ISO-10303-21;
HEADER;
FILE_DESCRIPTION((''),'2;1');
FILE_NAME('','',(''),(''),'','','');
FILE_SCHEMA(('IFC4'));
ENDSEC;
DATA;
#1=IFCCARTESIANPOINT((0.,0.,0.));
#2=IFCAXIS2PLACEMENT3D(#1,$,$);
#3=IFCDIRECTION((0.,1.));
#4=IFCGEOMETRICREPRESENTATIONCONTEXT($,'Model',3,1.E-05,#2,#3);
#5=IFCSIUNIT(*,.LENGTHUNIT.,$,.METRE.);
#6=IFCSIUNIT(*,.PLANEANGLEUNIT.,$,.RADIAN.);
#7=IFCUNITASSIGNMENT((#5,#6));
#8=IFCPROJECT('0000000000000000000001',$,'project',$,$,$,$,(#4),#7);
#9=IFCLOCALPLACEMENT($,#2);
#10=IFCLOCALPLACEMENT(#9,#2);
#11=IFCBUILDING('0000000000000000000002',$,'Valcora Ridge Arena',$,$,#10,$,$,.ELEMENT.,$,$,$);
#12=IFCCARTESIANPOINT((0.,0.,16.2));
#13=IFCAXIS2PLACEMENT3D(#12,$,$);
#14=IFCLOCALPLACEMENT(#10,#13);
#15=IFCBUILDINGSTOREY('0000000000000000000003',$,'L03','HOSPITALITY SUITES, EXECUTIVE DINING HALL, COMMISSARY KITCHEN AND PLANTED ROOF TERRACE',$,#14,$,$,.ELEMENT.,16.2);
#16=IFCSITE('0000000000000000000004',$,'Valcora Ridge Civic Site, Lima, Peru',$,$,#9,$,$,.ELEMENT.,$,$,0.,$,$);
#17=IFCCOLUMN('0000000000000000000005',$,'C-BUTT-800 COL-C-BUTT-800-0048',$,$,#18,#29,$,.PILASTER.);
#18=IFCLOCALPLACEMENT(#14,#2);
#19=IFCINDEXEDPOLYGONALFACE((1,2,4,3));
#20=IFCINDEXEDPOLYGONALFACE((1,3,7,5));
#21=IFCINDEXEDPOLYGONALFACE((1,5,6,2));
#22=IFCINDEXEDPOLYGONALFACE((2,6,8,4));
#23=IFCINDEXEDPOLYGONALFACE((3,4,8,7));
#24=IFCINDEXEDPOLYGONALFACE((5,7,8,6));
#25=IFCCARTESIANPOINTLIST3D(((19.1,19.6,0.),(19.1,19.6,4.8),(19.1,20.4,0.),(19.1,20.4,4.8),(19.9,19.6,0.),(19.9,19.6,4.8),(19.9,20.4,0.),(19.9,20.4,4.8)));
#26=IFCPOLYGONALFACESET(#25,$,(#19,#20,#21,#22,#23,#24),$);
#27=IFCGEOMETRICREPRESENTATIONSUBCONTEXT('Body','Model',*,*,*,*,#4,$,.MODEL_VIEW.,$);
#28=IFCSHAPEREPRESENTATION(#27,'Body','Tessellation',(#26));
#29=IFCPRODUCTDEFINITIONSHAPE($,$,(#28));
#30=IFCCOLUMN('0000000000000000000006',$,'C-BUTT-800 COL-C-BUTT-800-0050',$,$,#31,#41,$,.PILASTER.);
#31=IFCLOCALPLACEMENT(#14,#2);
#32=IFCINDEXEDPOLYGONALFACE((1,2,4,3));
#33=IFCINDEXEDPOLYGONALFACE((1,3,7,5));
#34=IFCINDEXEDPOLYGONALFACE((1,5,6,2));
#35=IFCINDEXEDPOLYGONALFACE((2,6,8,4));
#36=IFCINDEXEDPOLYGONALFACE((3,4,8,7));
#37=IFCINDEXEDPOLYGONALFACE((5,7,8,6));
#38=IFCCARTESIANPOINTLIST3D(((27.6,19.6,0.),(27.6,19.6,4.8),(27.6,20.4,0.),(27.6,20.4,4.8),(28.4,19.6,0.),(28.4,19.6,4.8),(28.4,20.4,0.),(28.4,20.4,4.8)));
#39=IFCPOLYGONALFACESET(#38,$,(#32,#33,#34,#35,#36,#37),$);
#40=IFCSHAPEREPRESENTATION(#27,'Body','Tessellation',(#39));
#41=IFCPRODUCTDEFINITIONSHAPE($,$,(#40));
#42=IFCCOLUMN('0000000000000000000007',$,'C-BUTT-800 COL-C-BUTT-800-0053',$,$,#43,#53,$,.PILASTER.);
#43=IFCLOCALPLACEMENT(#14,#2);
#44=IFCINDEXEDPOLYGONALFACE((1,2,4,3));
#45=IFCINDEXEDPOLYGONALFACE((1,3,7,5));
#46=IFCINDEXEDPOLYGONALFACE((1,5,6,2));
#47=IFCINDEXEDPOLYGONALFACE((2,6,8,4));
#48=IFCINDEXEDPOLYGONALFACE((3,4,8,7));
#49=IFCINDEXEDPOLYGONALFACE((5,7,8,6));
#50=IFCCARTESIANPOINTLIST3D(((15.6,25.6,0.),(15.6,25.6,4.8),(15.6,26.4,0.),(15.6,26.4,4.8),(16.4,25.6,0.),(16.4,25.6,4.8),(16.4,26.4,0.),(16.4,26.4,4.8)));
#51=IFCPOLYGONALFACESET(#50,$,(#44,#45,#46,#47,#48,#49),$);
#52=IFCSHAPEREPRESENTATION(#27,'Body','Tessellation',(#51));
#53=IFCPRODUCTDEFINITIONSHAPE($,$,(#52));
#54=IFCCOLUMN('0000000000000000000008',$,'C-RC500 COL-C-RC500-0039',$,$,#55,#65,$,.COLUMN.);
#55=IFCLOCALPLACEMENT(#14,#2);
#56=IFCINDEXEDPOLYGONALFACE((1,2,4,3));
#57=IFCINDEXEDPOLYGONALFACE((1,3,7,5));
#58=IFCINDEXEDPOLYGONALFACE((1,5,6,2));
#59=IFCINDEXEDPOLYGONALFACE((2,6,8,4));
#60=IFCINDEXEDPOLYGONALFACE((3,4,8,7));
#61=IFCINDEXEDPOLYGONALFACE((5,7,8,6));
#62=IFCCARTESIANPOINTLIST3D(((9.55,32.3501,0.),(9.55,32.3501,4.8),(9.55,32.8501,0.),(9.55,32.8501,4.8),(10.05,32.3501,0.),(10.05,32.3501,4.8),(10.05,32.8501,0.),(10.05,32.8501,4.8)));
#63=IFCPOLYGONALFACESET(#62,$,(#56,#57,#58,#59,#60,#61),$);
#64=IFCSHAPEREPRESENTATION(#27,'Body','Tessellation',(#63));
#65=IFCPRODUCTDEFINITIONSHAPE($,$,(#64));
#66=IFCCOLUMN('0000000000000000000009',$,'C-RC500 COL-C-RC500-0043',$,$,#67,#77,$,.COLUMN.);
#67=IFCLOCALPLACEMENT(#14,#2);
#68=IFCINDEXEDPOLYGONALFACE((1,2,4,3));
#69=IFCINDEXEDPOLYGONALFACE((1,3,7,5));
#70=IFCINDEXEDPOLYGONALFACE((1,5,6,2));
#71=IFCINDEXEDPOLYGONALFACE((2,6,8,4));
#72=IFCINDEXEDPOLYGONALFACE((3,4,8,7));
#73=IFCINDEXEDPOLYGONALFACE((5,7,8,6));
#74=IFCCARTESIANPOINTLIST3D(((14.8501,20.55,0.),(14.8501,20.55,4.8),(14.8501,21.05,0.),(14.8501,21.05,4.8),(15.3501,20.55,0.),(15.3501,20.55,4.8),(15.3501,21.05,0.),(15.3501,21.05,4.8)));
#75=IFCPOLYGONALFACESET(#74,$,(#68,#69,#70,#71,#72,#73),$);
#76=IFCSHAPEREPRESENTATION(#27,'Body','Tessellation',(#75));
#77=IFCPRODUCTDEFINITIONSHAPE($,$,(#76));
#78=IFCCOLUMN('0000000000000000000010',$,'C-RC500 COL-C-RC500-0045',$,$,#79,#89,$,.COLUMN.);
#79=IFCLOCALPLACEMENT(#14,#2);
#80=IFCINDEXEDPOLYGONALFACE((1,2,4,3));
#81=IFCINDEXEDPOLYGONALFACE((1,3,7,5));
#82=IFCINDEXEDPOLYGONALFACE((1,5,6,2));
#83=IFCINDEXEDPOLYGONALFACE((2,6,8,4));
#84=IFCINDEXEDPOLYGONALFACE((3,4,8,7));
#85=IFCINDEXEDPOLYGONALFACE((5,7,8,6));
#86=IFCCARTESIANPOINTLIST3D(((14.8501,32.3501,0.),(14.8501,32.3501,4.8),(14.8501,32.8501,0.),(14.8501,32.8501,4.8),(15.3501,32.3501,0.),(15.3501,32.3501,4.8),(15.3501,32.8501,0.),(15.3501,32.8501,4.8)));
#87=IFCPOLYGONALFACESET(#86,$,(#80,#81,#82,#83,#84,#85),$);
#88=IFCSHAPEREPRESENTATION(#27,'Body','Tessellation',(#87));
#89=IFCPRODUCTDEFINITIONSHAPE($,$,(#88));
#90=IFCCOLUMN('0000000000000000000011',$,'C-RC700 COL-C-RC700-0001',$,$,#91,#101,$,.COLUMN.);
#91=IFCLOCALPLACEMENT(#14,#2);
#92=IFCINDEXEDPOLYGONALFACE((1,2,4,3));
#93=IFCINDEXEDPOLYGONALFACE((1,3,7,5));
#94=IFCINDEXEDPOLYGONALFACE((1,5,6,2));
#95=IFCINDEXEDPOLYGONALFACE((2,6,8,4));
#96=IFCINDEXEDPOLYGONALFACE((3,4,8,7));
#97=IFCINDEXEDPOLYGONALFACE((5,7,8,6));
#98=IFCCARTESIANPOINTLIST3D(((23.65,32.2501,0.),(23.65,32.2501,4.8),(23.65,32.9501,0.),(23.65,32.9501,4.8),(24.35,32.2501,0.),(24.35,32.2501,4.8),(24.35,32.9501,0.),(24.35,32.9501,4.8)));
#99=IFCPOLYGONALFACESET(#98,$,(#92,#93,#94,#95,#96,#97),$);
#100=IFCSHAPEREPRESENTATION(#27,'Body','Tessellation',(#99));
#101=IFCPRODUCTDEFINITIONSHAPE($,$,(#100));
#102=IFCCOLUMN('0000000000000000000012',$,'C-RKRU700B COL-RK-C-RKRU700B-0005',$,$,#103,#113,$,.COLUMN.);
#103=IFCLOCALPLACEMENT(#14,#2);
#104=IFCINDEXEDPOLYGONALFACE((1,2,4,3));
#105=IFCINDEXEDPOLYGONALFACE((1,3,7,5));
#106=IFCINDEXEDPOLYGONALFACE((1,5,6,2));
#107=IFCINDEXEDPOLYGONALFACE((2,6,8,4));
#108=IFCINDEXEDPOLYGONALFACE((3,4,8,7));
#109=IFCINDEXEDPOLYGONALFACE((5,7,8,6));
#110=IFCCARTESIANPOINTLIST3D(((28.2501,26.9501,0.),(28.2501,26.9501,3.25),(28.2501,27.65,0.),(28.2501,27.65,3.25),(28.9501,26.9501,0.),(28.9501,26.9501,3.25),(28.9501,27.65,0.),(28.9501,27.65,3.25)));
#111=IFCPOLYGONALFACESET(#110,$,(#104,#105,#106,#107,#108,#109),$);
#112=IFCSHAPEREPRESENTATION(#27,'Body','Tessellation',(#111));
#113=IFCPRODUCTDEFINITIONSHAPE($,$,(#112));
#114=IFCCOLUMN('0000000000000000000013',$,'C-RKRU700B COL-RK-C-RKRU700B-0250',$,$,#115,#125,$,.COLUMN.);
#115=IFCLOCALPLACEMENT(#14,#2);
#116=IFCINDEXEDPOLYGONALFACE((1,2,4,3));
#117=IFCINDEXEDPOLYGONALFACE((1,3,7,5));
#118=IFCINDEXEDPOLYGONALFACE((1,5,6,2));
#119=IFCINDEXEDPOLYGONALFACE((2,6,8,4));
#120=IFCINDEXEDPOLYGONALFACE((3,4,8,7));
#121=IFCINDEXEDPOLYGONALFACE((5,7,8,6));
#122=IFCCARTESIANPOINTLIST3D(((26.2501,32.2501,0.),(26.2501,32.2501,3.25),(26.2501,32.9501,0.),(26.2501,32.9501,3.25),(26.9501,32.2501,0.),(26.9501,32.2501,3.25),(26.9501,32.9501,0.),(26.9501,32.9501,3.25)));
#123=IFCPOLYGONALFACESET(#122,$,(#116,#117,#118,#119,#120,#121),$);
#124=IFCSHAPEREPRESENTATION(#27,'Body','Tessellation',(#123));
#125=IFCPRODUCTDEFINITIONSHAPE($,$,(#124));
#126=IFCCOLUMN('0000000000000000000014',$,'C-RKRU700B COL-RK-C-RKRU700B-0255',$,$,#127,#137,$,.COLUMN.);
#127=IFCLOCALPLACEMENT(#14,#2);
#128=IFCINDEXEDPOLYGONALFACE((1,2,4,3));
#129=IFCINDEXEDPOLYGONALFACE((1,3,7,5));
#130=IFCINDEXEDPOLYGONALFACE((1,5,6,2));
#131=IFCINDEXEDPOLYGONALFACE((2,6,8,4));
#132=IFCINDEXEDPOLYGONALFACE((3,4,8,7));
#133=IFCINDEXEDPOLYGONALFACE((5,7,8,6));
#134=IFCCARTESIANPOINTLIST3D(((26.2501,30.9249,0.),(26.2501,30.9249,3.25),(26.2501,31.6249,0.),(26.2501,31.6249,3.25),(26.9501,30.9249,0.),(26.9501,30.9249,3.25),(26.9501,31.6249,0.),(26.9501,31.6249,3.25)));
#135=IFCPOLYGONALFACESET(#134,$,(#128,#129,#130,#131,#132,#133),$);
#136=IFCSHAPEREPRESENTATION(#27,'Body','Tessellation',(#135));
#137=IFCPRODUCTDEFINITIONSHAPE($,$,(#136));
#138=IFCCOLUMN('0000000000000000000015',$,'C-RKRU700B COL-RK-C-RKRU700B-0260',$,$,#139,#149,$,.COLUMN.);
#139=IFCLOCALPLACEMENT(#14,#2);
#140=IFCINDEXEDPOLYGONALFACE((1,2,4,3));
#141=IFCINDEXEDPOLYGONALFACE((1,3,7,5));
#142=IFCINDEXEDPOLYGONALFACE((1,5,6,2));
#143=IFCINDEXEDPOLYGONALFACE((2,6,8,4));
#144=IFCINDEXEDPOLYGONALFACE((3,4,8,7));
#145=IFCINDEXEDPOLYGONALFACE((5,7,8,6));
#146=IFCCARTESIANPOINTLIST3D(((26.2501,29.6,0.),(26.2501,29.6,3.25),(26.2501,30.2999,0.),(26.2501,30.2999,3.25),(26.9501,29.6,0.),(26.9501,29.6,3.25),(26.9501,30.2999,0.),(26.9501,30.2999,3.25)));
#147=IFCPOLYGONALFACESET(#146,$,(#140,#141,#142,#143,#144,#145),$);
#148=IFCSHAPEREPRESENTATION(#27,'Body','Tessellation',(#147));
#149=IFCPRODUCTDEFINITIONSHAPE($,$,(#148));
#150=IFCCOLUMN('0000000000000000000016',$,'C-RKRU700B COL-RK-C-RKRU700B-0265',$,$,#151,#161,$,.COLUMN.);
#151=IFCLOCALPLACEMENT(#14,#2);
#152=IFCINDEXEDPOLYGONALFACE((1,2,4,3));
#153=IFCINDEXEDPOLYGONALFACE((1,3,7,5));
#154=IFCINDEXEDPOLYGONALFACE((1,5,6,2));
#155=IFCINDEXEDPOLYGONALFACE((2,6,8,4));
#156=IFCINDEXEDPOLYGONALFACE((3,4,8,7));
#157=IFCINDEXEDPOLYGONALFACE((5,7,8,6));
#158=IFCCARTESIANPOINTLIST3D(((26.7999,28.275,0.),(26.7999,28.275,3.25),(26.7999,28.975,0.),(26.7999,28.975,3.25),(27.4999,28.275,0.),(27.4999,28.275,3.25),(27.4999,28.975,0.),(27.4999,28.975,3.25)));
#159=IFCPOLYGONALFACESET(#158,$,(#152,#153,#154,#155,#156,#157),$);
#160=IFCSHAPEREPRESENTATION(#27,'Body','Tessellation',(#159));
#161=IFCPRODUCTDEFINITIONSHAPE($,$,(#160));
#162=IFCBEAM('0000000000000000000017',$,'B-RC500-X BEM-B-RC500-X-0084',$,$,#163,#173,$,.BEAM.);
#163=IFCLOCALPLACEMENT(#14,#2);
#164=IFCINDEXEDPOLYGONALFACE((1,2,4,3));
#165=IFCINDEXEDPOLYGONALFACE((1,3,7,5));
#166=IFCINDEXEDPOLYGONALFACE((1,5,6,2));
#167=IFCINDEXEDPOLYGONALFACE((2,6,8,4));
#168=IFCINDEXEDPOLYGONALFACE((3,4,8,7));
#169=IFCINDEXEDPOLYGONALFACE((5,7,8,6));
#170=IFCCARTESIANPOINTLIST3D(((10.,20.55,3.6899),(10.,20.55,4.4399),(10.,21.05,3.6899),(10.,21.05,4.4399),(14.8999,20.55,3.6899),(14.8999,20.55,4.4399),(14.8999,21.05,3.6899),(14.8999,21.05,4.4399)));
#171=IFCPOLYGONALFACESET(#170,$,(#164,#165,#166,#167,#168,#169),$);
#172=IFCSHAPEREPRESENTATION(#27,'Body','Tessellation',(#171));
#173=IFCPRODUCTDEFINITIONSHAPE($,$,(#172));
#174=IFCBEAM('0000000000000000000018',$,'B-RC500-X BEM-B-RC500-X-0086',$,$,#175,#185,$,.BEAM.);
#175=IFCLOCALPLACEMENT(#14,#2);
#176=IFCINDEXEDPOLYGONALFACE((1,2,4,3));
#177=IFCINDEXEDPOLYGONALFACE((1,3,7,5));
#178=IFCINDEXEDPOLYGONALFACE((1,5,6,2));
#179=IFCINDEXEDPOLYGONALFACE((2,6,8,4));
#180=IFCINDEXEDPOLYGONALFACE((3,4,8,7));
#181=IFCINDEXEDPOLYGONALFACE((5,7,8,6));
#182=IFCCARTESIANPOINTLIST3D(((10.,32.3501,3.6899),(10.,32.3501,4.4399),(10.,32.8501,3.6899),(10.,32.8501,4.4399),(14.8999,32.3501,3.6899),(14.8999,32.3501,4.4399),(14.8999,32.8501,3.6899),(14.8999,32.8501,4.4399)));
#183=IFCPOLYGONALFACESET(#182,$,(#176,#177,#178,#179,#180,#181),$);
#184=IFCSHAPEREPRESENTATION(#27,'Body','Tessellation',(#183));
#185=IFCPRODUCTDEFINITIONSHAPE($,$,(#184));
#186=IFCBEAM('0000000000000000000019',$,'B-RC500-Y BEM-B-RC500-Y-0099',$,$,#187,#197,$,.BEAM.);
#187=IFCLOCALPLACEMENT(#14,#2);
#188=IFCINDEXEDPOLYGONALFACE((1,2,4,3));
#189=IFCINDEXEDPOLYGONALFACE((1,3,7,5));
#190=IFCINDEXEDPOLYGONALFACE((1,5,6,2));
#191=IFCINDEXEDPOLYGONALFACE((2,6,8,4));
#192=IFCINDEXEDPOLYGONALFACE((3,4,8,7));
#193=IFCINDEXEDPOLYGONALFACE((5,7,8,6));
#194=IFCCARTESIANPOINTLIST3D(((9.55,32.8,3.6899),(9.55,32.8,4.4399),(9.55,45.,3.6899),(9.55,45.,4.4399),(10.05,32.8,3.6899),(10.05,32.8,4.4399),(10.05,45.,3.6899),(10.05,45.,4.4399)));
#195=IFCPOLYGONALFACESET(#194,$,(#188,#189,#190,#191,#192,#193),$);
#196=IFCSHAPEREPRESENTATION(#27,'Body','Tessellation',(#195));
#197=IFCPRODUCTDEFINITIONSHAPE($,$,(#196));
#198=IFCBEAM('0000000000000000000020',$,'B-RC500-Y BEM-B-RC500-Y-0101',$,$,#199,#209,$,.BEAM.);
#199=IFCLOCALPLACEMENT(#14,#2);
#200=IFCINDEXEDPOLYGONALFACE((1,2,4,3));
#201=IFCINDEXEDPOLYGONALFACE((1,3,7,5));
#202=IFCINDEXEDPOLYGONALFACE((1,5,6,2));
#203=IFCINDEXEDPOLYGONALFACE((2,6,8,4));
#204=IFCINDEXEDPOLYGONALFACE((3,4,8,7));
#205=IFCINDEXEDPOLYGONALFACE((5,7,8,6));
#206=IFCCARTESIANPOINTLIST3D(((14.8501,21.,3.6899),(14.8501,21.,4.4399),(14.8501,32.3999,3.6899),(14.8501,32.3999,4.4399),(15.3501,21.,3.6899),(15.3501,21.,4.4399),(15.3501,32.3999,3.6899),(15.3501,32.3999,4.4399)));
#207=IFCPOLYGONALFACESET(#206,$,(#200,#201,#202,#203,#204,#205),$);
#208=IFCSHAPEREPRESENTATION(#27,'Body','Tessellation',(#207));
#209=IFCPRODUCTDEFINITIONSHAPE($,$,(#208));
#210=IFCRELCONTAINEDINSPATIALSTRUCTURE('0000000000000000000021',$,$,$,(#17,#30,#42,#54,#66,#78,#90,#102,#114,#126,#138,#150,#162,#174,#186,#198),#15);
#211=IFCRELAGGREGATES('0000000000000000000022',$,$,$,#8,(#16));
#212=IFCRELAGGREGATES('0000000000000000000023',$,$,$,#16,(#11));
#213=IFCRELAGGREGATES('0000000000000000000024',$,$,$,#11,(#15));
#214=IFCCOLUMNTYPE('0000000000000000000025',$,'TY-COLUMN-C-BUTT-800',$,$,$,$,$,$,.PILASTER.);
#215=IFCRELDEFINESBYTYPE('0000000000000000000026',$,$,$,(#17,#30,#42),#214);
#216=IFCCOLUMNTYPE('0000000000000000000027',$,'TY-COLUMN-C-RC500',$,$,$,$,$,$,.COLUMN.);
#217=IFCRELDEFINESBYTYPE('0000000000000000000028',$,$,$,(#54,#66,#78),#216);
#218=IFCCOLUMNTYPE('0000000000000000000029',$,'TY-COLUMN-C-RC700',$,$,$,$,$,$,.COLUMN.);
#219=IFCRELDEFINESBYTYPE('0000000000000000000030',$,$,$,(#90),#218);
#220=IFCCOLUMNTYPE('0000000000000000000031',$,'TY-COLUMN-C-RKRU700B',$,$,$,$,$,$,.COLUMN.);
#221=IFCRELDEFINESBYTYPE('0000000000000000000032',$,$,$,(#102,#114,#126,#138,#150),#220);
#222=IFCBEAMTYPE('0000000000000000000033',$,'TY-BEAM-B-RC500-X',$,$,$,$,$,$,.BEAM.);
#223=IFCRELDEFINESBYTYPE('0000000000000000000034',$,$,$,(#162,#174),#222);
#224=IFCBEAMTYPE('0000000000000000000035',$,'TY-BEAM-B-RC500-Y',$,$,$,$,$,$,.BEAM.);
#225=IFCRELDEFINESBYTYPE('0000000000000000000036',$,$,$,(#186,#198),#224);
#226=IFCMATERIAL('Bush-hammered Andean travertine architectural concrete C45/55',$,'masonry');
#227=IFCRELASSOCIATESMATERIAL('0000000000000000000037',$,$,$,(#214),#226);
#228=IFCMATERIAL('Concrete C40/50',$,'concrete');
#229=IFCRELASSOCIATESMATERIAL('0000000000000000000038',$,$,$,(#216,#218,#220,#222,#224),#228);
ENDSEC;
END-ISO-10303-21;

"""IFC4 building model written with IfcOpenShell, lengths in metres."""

from ifc_helpers import new_model, si_unit, direction, frame, origin, origin_2d, place, context, subcontext, project, spatial, rectangle, extrude, material, material_profile, profile_set, type_object, element, save


model = new_model("IFC4")

# Units and contexts
model_context = context("Model", 3, precision=1e-05, world=origin(), true_north=direction((0.0, 1.0)))
body_context = subcontext(model_context, "Body", "Model", "MODEL_VIEW")
ifc_project = project(units=[si_unit("LENGTHUNIT", "METRE"), si_unit("PLANEANGLEUNIT", "RADIAN")], contexts=[model_context])

# Site, building, storey
site_placement = place(None, origin())
site = spatial("IfcSite", under=ifc_project, at=site_placement, Name="Valcora Ridge Civic Site, Lima, Peru", CompositionType="ELEMENT", RefElevation=0.0)
building_placement = place(site_placement, origin())
building = spatial("IfcBuilding", under=site, at=building_placement, Name="Valcora Ridge Arena", CompositionType="ELEMENT")
storey_placement = place(building_placement, frame((0.0, 0.0, 16.2)))
storey = spatial("IfcBuildingStorey", under=building, at=storey_placement, Name="L03", Description="HOSPITALITY SUITES, EXECUTIVE DINING HALL, COMMISSARY KITCHEN AND PLANTED ROOF TERRACE", CompositionType="ELEMENT", Elevation=16.2)

# Columns
ifc_material_1 = material(Name="Bush-hammered Andean travertine architectural concrete C45/55", Category="masonry")
ifc_material_profile_1 = material_profile(ifc_material_1, rectangle(XDim=0.8, YDim=0.8, at=origin_2d()), Name="RC 800x800")
ifc_profile_set_1 = profile_set([ifc_material_profile_1], Name="Bush-hammered Andean travertine architectural concrete C45/55")
column_type_1 = type_object("IfcColumnType", Name="TY-COLUMN-C-BUTT-800", PredefinedType="PILASTER", material=ifc_profile_set_1)
for number, where, z_axis, x_axis, name in (
    (1, (19.5, 20.0, 0.0), (0.0, 0.0, 1.0), (1.0, 0.0, 0.0), "C-BUTT-800 COL-C-BUTT-800-0048"),
    (2, (28.0, 20.0, 0.0), (0.0, 0.0, 1.0), (1.0, 0.0, 0.0), "C-BUTT-800 COL-C-BUTT-800-0050"),
    (3, (16.0, 26.0, 0.0), (0.0, 0.0, 1.0), (1.0, 0.0, 0.0), "C-BUTT-800 COL-C-BUTT-800-0053"),
):
    element("IfcColumn", number, at=place(storey_placement, frame(where, z_axis=z_axis, x_axis=x_axis)), inside=storey, type_object=column_type_1, Name=name, PredefinedType="PILASTER", context=body_context, shape_type="SweptSolid", body=[
        extrude(rectangle(XDim=0.8, YDim=0.8, at=origin_2d()), origin(), (0.0, 0.0, 1.0), 4.8),
    ])
ifc_material_2 = material(Name="Concrete C40/50", Category="concrete")
ifc_material_profile_2 = material_profile(ifc_material_2, rectangle(XDim=0.5, YDim=0.5, at=origin_2d()), Name="RC 500x500")
ifc_profile_set_2 = profile_set([ifc_material_profile_2], Name="Concrete C40/50")
column_type_2 = type_object("IfcColumnType", Name="TY-COLUMN-C-RC500", PredefinedType="COLUMN", material=ifc_profile_set_2)
for number, where, z_axis, x_axis, name in (
    (4, (9.8, 32.6001, 0.0), (0.0, 0.0, 1.0), (1.0, 0.0, 0.0), "C-RC500 COL-C-RC500-0039"),
    (5, (15.1001, 20.8, 0.0), (0.0, 0.0, 1.0), (1.0, 0.0, 0.0), "C-RC500 COL-C-RC500-0043"),
    (6, (15.1001, 32.6001, 0.0), (0.0, 0.0, 1.0), (1.0, 0.0, 0.0), "C-RC500 COL-C-RC500-0045"),
):
    element("IfcColumn", number, at=place(storey_placement, frame(where, z_axis=z_axis, x_axis=x_axis)), inside=storey, type_object=column_type_2, Name=name, PredefinedType="COLUMN", context=body_context, shape_type="SweptSolid", body=[
        extrude(rectangle(XDim=0.5, YDim=0.5, at=origin_2d()), origin(), (0.0, 0.0, 1.0), 4.8),
    ])
ifc_material_profile_3 = material_profile(ifc_material_2, rectangle(XDim=0.7, YDim=0.7, at=origin_2d()), Name="RC 700x700")
ifc_profile_set_3 = profile_set([ifc_material_profile_3], Name="Concrete C40/50")
column_type_3 = type_object("IfcColumnType", Name="TY-COLUMN-C-RC700", PredefinedType="COLUMN", material=ifc_profile_set_3)
column_placement = place(storey_placement, frame((24.0, 32.6001, 0.0), z_axis=(0.0, 0.0, 1.0), x_axis=(1.0, 0.0, 0.0)))
element("IfcColumn", 7, at=column_placement, inside=storey, type_object=column_type_3, Name="C-RC700 COL-C-RC700-0001", PredefinedType="COLUMN", context=body_context, shape_type="SweptSolid", body=[
    extrude(rectangle(XDim=0.7, YDim=0.7, at=origin_2d()), origin(), (0.0, 0.0, 1.0), 4.8),
])
ifc_material_profile_4 = material_profile(ifc_material_2, rectangle(XDim=0.7, YDim=0.7, at=origin_2d()), Name="RC 700x700")
ifc_profile_set_4 = profile_set([ifc_material_profile_4], Name="Concrete C40/50")
column_type_4 = type_object("IfcColumnType", Name="TY-COLUMN-C-RKRU700B", PredefinedType="COLUMN", material=ifc_profile_set_4)
for number, where, z_axis, x_axis, name in (
    (8, (28.6001, 27.3, 0.0), (0.0, 0.0, 1.0), (1.0, 0.0, 0.0), "C-RKRU700B COL-RK-C-RKRU700B-0005"),
    (9, (26.6001, 32.6001, 0.0), (0.0, 0.0, 1.0), (1.0, 0.0, 0.0), "C-RKRU700B COL-RK-C-RKRU700B-0250"),
    (10, (26.6001, 31.2749, 0.0), (0.0, 0.0, 1.0), (1.0, 0.0, 0.0), "C-RKRU700B COL-RK-C-RKRU700B-0255"),
    (11, (26.6001, 29.95, 0.0), (0.0, 0.0, 1.0), (1.0, 0.0, 0.0), "C-RKRU700B COL-RK-C-RKRU700B-0260"),
    (12, (27.1499, 28.625, 0.0), (0.0, 0.0, 1.0), (1.0, 0.0, 0.0), "C-RKRU700B COL-RK-C-RKRU700B-0265"),
):
    element("IfcColumn", number, at=place(storey_placement, frame(where, z_axis=z_axis, x_axis=x_axis)), inside=storey, type_object=column_type_4, Name=name, PredefinedType="COLUMN", context=body_context, shape_type="SweptSolid", body=[
        extrude(rectangle(XDim=0.7, YDim=0.7, at=origin_2d()), origin(), (0.0, 0.0, 1.0), 3.25),
    ])

# Beams
ifc_material_profile_5 = material_profile(ifc_material_2, rectangle(XDim=0.5, YDim=0.75, at=origin_2d()), Name="RC 500x750")
ifc_profile_set_5 = profile_set([ifc_material_profile_5], Name="Concrete C40/50")
beam_type_1 = type_object("IfcBeamType", Name="TY-BEAM-B-RC500-X", PredefinedType="BEAM", material=ifc_profile_set_5)
for number, where, z_axis, x_axis, name in (
    (13, (10.0, 20.8, 4.0649), (1.0, 0.0, 0.0), (0.0, 1.0, 0.0), "B-RC500-X BEM-B-RC500-X-0084"),
    (14, (10.0, 32.6001, 4.0649), (1.0, 0.0, 0.0), (0.0, 1.0, 0.0), "B-RC500-X BEM-B-RC500-X-0086"),
):
    element("IfcBeam", number, at=place(storey_placement, frame(where, z_axis=z_axis, x_axis=x_axis)), inside=storey, type_object=beam_type_1, Name=name, PredefinedType="BEAM", context=body_context, shape_type="SweptSolid", body=[
        extrude(rectangle(XDim=0.5, YDim=0.75, at=origin_2d()), origin(), (0.0, 0.0, 1.0), 4.8999),
    ])
ifc_material_profile_6 = material_profile(ifc_material_2, rectangle(XDim=0.5, YDim=0.75, at=origin_2d()), Name="RC 500x750")
ifc_profile_set_6 = profile_set([ifc_material_profile_6], Name="Concrete C40/50")
beam_type_2 = type_object("IfcBeamType", Name="TY-BEAM-B-RC500-Y", PredefinedType="BEAM", material=ifc_profile_set_6)
beam_1_placement = place(storey_placement, frame((9.8, 32.8, 4.0649), z_axis=(0.0, 1.0, 0.0), x_axis=(-1.0, 0.0, 0.0)))
element("IfcBeam", 15, at=beam_1_placement, inside=storey, type_object=beam_type_2, Name="B-RC500-Y BEM-B-RC500-Y-0099", PredefinedType="BEAM", context=body_context, shape_type="SweptSolid", body=[
    extrude(rectangle(XDim=0.5, YDim=0.75, at=origin_2d()), origin(), (0.0, 0.0, 1.0), 12.2),
])
beam_2_placement = place(storey_placement, frame((15.1001, 21.0, 4.0649), z_axis=(0.0, 1.0, 0.0), x_axis=(-1.0, 0.0, 0.0)))
element("IfcBeam", 16, at=beam_2_placement, inside=storey, type_object=beam_type_2, Name="B-RC500-Y BEM-B-RC500-Y-0101", PredefinedType="BEAM", context=body_context, shape_type="SweptSolid", body=[
    extrude(rectangle(XDim=0.5, YDim=0.75, at=origin_2d()), origin(), (0.0, 0.0, 1.0), 11.3999),
])

save(model, "model.ifc")
